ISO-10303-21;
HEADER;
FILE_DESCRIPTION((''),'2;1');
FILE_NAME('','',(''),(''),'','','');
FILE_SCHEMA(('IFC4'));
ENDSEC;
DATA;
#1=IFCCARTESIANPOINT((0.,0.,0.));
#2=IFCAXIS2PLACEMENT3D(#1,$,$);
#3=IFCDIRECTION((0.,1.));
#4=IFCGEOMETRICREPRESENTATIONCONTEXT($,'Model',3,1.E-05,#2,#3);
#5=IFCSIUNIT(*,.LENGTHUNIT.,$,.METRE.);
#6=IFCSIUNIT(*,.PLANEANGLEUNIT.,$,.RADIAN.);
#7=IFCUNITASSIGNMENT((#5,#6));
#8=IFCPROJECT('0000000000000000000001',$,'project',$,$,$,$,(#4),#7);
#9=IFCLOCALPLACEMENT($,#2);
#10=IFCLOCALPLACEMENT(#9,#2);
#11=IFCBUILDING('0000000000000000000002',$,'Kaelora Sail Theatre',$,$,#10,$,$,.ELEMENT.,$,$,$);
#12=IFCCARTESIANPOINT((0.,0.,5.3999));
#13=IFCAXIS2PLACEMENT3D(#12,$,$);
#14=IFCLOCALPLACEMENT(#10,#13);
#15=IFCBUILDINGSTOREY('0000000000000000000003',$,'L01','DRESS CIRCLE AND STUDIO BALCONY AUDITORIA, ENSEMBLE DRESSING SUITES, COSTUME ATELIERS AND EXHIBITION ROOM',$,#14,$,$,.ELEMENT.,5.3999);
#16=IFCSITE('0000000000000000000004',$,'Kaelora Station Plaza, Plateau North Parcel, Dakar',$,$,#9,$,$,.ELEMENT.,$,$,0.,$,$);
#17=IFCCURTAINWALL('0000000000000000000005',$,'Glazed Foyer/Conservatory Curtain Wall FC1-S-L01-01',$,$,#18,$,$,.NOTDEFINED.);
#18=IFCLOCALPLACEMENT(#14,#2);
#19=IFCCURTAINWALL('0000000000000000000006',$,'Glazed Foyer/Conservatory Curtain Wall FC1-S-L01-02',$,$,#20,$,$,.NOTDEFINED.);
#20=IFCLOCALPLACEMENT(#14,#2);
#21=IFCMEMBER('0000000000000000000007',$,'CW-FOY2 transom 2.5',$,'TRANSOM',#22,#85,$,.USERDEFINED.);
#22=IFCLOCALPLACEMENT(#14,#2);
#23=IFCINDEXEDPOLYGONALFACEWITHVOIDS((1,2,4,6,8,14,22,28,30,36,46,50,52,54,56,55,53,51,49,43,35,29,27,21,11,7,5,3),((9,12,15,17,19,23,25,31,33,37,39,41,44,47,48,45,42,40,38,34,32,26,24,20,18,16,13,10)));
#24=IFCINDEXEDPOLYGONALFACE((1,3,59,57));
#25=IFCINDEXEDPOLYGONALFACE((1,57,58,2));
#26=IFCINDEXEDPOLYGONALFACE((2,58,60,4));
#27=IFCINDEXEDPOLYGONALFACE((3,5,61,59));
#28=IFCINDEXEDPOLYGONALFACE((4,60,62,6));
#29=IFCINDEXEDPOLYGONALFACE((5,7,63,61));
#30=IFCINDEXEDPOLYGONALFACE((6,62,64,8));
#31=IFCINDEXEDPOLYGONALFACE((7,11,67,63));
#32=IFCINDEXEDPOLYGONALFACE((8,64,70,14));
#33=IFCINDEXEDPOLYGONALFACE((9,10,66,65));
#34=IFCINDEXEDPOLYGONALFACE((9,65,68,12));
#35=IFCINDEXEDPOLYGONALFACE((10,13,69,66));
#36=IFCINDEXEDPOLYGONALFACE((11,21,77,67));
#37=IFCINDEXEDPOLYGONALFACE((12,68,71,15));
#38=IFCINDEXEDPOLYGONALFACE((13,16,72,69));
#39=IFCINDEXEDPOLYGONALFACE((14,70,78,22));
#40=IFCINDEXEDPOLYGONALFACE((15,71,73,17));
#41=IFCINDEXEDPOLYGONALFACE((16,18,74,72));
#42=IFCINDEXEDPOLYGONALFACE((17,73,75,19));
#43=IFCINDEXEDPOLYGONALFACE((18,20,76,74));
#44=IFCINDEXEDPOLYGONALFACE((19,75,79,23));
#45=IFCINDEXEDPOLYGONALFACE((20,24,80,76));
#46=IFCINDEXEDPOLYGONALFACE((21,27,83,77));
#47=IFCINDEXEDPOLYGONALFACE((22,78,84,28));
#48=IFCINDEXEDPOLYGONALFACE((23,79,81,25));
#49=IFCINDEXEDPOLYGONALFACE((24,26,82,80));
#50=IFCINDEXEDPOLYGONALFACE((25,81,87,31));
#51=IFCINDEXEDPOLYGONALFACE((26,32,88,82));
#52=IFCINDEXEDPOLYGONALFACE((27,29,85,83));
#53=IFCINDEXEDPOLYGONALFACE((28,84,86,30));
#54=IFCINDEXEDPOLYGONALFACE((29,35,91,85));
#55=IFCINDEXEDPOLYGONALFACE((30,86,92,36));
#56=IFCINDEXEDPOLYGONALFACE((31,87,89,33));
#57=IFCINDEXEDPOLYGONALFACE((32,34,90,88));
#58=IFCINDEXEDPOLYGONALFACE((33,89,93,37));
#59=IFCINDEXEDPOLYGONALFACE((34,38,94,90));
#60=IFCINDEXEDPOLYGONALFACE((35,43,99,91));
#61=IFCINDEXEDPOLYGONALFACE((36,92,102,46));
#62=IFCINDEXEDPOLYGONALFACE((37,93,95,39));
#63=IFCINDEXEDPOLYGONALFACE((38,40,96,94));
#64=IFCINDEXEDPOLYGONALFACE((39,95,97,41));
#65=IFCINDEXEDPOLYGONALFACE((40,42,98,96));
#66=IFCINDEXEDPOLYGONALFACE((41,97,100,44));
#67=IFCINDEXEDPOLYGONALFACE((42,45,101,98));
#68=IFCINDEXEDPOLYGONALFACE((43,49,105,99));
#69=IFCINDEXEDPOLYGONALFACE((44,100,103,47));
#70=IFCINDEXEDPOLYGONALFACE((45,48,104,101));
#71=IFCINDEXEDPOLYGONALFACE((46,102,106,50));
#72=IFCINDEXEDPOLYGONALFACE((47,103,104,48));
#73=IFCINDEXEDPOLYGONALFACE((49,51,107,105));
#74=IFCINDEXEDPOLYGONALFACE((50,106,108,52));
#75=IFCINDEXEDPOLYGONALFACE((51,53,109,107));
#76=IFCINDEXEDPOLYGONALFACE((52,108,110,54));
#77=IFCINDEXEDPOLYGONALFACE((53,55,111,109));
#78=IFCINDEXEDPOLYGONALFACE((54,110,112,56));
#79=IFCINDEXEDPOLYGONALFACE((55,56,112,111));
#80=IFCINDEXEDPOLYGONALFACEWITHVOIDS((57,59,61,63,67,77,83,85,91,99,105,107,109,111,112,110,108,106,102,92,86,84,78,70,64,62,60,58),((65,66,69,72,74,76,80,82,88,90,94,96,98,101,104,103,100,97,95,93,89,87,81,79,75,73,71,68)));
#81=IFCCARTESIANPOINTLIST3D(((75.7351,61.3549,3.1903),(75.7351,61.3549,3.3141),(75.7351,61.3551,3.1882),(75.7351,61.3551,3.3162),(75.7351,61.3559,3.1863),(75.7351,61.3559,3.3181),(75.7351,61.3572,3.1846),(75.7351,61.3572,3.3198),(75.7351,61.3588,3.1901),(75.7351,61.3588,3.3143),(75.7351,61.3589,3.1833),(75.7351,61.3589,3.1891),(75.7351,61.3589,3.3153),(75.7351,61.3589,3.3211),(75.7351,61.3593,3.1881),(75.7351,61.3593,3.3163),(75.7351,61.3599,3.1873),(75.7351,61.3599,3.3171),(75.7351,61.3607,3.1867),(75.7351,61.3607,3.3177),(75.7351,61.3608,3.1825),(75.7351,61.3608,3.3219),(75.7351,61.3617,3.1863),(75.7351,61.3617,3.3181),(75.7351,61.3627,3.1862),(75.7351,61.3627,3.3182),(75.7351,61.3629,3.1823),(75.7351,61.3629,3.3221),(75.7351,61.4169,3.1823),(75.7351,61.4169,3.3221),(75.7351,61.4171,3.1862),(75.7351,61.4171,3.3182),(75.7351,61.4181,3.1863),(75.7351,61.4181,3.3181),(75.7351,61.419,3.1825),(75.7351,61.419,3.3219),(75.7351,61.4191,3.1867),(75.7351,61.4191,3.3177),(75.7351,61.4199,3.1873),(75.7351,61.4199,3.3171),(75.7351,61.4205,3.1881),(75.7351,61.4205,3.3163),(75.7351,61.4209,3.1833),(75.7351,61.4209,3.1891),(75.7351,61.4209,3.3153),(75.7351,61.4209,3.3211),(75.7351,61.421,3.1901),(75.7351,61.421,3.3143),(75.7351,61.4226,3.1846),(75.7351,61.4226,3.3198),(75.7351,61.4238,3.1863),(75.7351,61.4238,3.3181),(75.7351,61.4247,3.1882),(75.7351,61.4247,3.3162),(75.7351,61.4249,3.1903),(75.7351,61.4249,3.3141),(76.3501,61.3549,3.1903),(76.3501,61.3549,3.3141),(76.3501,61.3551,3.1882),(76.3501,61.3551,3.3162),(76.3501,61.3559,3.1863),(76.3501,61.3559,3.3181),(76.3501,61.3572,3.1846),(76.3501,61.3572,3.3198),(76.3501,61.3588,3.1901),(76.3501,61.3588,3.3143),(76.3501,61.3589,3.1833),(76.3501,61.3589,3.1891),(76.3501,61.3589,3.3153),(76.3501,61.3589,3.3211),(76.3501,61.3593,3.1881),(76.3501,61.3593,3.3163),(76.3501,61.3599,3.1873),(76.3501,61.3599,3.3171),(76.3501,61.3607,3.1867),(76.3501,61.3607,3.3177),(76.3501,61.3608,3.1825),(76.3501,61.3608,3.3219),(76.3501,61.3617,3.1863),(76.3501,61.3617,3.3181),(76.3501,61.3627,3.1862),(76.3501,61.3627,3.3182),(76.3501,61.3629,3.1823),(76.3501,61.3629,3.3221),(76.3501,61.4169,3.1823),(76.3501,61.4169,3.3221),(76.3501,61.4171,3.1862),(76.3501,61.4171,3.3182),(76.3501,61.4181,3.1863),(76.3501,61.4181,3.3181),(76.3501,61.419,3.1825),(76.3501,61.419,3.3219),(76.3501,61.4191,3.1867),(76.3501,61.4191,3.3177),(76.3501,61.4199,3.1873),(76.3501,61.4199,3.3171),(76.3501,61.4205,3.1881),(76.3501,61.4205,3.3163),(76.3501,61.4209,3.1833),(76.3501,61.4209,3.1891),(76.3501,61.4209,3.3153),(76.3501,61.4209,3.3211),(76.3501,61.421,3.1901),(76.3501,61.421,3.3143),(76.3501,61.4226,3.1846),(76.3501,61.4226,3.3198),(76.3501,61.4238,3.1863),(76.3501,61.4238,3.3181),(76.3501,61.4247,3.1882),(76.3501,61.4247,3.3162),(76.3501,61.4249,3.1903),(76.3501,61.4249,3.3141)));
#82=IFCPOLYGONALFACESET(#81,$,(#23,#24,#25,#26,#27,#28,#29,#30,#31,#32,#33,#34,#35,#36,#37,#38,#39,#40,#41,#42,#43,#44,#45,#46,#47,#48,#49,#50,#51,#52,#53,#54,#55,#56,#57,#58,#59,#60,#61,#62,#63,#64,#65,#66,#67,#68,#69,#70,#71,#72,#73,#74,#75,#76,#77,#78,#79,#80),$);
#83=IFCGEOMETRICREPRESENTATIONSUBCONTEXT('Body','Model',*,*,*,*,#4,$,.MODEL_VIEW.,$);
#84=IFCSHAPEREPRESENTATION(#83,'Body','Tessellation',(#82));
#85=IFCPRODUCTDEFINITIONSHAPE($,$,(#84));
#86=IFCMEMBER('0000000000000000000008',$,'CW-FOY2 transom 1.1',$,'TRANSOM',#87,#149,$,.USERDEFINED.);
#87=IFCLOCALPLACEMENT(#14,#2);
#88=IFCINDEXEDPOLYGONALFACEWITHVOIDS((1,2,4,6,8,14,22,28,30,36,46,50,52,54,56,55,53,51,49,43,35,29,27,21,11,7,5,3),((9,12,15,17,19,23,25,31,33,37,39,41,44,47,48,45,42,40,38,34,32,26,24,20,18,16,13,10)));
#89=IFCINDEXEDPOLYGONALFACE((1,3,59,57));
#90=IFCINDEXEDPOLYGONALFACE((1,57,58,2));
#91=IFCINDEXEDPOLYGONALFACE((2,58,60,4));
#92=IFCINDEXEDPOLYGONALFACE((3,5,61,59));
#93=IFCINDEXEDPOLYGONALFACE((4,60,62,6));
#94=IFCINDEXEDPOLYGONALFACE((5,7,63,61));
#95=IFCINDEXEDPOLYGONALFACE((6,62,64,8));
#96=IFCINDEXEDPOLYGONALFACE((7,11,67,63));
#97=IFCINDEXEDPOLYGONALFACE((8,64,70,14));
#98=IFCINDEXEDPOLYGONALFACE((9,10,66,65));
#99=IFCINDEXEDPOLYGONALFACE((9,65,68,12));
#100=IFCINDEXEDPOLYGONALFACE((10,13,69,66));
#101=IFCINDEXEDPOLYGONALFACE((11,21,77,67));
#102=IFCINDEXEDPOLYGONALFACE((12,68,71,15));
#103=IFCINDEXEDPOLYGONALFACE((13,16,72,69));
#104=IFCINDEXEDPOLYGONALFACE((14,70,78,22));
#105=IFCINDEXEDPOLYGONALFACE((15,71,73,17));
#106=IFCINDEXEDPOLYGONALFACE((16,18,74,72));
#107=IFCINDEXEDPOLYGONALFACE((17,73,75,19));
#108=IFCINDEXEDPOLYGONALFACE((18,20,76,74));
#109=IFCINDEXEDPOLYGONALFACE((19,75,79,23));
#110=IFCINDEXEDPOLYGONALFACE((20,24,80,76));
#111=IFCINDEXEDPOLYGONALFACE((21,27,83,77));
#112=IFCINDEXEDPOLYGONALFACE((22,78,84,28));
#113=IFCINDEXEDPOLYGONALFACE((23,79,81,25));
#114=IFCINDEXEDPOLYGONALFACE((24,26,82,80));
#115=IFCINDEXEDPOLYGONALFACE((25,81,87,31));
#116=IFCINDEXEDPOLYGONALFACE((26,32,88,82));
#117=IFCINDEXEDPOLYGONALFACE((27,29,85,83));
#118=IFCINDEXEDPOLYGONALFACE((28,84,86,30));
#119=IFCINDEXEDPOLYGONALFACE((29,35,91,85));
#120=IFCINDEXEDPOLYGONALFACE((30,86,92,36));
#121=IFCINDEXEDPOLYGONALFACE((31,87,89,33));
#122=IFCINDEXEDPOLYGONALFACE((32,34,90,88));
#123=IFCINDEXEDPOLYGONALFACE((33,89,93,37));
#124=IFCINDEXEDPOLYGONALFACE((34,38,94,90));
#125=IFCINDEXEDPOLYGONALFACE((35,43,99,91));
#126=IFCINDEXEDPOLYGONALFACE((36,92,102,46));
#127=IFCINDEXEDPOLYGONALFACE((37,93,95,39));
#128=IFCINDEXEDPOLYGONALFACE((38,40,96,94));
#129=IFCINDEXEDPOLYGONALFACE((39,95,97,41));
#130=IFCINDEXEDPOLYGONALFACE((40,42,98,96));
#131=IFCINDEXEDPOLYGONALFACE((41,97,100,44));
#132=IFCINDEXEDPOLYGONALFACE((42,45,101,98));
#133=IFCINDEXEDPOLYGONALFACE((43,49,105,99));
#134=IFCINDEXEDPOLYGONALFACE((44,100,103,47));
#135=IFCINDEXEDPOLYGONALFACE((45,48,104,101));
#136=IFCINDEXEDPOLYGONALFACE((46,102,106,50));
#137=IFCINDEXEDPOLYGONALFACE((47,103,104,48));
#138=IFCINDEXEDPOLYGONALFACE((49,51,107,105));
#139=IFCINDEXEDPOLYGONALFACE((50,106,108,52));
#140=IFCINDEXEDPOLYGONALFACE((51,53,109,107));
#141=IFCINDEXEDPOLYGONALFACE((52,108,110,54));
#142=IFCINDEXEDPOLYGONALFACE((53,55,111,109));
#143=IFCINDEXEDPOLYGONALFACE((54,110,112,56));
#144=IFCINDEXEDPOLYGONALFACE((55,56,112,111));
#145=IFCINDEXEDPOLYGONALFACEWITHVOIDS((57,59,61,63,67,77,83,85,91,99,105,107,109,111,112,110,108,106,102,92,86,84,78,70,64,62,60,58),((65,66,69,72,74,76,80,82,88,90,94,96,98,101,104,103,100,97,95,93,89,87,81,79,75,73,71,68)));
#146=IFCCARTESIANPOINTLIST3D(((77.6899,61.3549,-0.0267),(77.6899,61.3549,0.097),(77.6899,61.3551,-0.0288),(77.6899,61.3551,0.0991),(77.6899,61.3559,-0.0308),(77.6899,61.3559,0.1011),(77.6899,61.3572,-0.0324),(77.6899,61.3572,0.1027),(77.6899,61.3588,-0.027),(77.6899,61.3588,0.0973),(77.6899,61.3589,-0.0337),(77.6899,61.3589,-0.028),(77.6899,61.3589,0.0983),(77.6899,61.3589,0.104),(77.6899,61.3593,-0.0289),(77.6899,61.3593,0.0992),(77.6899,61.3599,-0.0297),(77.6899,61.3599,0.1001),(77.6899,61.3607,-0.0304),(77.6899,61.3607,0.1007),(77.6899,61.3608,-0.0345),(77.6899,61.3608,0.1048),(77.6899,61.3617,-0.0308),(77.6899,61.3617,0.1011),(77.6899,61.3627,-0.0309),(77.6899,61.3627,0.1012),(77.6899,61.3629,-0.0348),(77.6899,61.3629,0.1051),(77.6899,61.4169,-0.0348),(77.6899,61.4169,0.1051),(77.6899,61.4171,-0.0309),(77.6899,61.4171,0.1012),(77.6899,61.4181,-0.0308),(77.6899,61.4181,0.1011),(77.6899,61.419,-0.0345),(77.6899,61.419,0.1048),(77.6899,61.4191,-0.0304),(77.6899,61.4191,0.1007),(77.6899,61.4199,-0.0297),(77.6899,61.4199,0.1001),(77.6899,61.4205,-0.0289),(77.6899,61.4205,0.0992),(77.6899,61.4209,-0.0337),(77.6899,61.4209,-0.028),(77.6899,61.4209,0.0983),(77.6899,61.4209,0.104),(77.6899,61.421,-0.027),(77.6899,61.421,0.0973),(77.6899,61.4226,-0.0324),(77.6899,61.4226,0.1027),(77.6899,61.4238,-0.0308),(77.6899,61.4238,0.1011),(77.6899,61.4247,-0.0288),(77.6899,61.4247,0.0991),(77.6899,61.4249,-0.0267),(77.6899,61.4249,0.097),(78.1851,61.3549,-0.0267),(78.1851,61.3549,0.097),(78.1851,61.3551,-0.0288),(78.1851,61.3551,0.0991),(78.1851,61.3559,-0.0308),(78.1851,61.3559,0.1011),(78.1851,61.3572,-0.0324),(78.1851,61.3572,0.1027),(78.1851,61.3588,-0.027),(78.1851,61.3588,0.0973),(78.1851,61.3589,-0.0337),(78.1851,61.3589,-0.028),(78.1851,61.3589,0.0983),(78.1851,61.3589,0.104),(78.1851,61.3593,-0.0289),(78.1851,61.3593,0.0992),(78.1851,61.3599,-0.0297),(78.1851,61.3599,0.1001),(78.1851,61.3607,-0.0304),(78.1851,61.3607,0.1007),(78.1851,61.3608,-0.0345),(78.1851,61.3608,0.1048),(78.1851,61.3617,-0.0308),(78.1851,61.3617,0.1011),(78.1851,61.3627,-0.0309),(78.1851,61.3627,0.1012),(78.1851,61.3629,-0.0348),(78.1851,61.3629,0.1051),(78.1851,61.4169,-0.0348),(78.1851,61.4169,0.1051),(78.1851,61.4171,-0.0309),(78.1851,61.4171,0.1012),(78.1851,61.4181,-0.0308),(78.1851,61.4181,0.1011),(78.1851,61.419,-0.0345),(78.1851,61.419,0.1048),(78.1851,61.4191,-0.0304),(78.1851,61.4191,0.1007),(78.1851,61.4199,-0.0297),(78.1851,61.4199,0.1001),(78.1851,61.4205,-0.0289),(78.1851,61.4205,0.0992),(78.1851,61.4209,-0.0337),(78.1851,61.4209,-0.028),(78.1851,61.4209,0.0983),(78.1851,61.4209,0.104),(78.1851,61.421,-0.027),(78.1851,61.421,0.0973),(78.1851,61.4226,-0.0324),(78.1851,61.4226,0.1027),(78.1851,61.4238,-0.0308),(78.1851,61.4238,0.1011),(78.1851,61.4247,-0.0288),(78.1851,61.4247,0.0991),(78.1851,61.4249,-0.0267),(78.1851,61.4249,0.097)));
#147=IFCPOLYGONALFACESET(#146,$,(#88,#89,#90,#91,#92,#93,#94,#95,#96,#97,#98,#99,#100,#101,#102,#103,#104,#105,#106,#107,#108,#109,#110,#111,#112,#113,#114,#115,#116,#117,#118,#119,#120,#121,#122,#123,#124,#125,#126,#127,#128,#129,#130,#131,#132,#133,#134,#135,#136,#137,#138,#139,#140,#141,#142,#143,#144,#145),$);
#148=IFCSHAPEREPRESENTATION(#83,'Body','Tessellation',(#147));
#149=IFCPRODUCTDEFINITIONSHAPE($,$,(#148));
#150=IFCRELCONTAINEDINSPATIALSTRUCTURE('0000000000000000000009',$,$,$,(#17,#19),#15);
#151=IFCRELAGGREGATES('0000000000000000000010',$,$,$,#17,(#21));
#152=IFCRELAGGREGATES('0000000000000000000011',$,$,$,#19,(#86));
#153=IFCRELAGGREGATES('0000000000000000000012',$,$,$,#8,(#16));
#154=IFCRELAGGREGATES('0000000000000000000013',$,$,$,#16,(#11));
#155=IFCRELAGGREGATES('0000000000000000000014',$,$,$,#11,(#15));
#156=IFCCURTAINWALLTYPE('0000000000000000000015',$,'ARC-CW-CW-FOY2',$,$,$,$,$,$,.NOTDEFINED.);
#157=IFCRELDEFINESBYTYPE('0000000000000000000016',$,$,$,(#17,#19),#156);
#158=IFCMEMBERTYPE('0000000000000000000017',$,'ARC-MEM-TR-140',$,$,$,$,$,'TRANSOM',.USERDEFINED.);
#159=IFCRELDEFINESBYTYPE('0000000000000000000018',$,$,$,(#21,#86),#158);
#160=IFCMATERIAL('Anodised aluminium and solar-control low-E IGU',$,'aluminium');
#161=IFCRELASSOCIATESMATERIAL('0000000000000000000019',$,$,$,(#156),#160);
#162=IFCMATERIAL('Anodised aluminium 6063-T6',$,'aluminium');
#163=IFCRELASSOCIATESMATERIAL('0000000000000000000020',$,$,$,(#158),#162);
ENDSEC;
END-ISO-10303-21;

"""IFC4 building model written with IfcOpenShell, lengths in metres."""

from ifc_helpers import new_model, si_unit, direction, frame, origin, origin_2d, place, context, subcontext, project, spatial, hollow_rectangle, extrude, material, material_profile, profile_set, type_object, element, aggregate, save


model = new_model("IFC4")

# Units and contexts
model_context = context("Model", 3, precision=1e-05, world=origin(), true_north=direction((0.0, 1.0)))
body_context = subcontext(model_context, "Body", "Model", "MODEL_VIEW")
ifc_project = project(units=[si_unit("LENGTHUNIT", "METRE"), si_unit("PLANEANGLEUNIT", "RADIAN")], contexts=[model_context])

# Site, building, storey
site_placement = place(None, origin())
site = spatial("IfcSite", under=ifc_project, at=site_placement, Name="Kaelora Station Plaza, Plateau North Parcel, Dakar", CompositionType="ELEMENT", RefElevation=0.0)
building_placement = place(site_placement, origin())
building = spatial("IfcBuilding", under=site, at=building_placement, Name="Kaelora Sail Theatre", CompositionType="ELEMENT")
storey_placement = place(building_placement, frame((0.0, 0.0, 5.3999)))
storey = spatial("IfcBuildingStorey", under=building, at=storey_placement, Name="L01", Description="DRESS CIRCLE AND STUDIO BALCONY AUDITORIA, ENSEMBLE DRESSING SUITES, COSTUME ATELIERS AND EXHIBITION ROOM", CompositionType="ELEMENT", Elevation=5.3999)

# Curtain wall
ifc_material_1 = material(Name="Anodised aluminium and solar-control low-E IGU", Category="aluminium")
curtain_wall_type = type_object("IfcCurtainWallType", Name="ARC-CW-CW-FOY2", PredefinedType="NOTDEFINED", material=ifc_material_1)
curtain_wall_1_placement = place(storey_placement, origin())
curtain_wall_1 = element("IfcCurtainWall", 1, at=curtain_wall_1_placement, inside=storey, type_object=curtain_wall_type, Name="Glazed Foyer/Conservatory Curtain Wall FC1-S-L01-01", PredefinedType="NOTDEFINED")

# Curtain wall
curtain_wall_2_placement = place(storey_placement, origin())
curtain_wall_2 = element("IfcCurtainWall", 2, at=curtain_wall_2_placement, inside=storey, type_object=curtain_wall_type, Name="Glazed Foyer/Conservatory Curtain Wall FC1-S-L01-02", PredefinedType="NOTDEFINED")

# Members
ifc_material_2 = material(Name="Anodised aluminium 6063-T6", Category="aluminium")
ifc_material_profile_1 = material_profile(ifc_material_2, hollow_rectangle(XDim=0.0701, YDim=0.1399, WallThickness=0.0039, InnerFilletRadius=0.0039, OuterFilletRadius=0.0081, at=origin_2d()), Name="ALU-TRAN 70x140x4")
ifc_profile_set_1 = profile_set([ifc_material_profile_1], Name="Anodised aluminium 6063-T6")
member_type_1 = type_object("IfcMemberType", Name="ARC-MEM-TR-140", ElementType="TRANSOM", PredefinedType="USERDEFINED", material=ifc_profile_set_1)
member_1_placement = place(storey_placement, frame((75.7351, 61.3899, 3.2522), z_axis=(1.0, 0.0, 0.0), x_axis=(0.0, 1.0, 0.0)))
member_1 = element("IfcMember", 3, at=member_1_placement, type_object=member_type_1, Name="CW-FOY2 transom 2.5", ObjectType="TRANSOM", PredefinedType="USERDEFINED", context=body_context, shape_type="SweptSolid", body=[
    extrude(hollow_rectangle(XDim=0.0701, YDim=0.1399, WallThickness=0.0039, InnerFilletRadius=0.0039, OuterFilletRadius=0.0081, at=origin_2d()), origin(), (0.0, 0.0, 1.0), 0.615),
])
member_2_placement = place(storey_placement, frame((77.6899, 61.3899, 0.0352), z_axis=(1.0, 0.0, 0.0), x_axis=(0.0, 1.0, 0.0)))
member_2 = element("IfcMember", 4, at=member_2_placement, type_object=member_type_1, Name="CW-FOY2 transom 1.1", ObjectType="TRANSOM", PredefinedType="USERDEFINED", context=body_context, shape_type="SweptSolid", body=[
    extrude(hollow_rectangle(XDim=0.0701, YDim=0.1399, WallThickness=0.0039, InnerFilletRadius=0.0039, OuterFilletRadius=0.0081, at=origin_2d()), origin(), (0.0, 0.0, 1.0), 0.4951),
])

aggregate(curtain_wall_1, [member_1])
aggregate(curtain_wall_2, [member_2])

save(model, "model.ifc")
